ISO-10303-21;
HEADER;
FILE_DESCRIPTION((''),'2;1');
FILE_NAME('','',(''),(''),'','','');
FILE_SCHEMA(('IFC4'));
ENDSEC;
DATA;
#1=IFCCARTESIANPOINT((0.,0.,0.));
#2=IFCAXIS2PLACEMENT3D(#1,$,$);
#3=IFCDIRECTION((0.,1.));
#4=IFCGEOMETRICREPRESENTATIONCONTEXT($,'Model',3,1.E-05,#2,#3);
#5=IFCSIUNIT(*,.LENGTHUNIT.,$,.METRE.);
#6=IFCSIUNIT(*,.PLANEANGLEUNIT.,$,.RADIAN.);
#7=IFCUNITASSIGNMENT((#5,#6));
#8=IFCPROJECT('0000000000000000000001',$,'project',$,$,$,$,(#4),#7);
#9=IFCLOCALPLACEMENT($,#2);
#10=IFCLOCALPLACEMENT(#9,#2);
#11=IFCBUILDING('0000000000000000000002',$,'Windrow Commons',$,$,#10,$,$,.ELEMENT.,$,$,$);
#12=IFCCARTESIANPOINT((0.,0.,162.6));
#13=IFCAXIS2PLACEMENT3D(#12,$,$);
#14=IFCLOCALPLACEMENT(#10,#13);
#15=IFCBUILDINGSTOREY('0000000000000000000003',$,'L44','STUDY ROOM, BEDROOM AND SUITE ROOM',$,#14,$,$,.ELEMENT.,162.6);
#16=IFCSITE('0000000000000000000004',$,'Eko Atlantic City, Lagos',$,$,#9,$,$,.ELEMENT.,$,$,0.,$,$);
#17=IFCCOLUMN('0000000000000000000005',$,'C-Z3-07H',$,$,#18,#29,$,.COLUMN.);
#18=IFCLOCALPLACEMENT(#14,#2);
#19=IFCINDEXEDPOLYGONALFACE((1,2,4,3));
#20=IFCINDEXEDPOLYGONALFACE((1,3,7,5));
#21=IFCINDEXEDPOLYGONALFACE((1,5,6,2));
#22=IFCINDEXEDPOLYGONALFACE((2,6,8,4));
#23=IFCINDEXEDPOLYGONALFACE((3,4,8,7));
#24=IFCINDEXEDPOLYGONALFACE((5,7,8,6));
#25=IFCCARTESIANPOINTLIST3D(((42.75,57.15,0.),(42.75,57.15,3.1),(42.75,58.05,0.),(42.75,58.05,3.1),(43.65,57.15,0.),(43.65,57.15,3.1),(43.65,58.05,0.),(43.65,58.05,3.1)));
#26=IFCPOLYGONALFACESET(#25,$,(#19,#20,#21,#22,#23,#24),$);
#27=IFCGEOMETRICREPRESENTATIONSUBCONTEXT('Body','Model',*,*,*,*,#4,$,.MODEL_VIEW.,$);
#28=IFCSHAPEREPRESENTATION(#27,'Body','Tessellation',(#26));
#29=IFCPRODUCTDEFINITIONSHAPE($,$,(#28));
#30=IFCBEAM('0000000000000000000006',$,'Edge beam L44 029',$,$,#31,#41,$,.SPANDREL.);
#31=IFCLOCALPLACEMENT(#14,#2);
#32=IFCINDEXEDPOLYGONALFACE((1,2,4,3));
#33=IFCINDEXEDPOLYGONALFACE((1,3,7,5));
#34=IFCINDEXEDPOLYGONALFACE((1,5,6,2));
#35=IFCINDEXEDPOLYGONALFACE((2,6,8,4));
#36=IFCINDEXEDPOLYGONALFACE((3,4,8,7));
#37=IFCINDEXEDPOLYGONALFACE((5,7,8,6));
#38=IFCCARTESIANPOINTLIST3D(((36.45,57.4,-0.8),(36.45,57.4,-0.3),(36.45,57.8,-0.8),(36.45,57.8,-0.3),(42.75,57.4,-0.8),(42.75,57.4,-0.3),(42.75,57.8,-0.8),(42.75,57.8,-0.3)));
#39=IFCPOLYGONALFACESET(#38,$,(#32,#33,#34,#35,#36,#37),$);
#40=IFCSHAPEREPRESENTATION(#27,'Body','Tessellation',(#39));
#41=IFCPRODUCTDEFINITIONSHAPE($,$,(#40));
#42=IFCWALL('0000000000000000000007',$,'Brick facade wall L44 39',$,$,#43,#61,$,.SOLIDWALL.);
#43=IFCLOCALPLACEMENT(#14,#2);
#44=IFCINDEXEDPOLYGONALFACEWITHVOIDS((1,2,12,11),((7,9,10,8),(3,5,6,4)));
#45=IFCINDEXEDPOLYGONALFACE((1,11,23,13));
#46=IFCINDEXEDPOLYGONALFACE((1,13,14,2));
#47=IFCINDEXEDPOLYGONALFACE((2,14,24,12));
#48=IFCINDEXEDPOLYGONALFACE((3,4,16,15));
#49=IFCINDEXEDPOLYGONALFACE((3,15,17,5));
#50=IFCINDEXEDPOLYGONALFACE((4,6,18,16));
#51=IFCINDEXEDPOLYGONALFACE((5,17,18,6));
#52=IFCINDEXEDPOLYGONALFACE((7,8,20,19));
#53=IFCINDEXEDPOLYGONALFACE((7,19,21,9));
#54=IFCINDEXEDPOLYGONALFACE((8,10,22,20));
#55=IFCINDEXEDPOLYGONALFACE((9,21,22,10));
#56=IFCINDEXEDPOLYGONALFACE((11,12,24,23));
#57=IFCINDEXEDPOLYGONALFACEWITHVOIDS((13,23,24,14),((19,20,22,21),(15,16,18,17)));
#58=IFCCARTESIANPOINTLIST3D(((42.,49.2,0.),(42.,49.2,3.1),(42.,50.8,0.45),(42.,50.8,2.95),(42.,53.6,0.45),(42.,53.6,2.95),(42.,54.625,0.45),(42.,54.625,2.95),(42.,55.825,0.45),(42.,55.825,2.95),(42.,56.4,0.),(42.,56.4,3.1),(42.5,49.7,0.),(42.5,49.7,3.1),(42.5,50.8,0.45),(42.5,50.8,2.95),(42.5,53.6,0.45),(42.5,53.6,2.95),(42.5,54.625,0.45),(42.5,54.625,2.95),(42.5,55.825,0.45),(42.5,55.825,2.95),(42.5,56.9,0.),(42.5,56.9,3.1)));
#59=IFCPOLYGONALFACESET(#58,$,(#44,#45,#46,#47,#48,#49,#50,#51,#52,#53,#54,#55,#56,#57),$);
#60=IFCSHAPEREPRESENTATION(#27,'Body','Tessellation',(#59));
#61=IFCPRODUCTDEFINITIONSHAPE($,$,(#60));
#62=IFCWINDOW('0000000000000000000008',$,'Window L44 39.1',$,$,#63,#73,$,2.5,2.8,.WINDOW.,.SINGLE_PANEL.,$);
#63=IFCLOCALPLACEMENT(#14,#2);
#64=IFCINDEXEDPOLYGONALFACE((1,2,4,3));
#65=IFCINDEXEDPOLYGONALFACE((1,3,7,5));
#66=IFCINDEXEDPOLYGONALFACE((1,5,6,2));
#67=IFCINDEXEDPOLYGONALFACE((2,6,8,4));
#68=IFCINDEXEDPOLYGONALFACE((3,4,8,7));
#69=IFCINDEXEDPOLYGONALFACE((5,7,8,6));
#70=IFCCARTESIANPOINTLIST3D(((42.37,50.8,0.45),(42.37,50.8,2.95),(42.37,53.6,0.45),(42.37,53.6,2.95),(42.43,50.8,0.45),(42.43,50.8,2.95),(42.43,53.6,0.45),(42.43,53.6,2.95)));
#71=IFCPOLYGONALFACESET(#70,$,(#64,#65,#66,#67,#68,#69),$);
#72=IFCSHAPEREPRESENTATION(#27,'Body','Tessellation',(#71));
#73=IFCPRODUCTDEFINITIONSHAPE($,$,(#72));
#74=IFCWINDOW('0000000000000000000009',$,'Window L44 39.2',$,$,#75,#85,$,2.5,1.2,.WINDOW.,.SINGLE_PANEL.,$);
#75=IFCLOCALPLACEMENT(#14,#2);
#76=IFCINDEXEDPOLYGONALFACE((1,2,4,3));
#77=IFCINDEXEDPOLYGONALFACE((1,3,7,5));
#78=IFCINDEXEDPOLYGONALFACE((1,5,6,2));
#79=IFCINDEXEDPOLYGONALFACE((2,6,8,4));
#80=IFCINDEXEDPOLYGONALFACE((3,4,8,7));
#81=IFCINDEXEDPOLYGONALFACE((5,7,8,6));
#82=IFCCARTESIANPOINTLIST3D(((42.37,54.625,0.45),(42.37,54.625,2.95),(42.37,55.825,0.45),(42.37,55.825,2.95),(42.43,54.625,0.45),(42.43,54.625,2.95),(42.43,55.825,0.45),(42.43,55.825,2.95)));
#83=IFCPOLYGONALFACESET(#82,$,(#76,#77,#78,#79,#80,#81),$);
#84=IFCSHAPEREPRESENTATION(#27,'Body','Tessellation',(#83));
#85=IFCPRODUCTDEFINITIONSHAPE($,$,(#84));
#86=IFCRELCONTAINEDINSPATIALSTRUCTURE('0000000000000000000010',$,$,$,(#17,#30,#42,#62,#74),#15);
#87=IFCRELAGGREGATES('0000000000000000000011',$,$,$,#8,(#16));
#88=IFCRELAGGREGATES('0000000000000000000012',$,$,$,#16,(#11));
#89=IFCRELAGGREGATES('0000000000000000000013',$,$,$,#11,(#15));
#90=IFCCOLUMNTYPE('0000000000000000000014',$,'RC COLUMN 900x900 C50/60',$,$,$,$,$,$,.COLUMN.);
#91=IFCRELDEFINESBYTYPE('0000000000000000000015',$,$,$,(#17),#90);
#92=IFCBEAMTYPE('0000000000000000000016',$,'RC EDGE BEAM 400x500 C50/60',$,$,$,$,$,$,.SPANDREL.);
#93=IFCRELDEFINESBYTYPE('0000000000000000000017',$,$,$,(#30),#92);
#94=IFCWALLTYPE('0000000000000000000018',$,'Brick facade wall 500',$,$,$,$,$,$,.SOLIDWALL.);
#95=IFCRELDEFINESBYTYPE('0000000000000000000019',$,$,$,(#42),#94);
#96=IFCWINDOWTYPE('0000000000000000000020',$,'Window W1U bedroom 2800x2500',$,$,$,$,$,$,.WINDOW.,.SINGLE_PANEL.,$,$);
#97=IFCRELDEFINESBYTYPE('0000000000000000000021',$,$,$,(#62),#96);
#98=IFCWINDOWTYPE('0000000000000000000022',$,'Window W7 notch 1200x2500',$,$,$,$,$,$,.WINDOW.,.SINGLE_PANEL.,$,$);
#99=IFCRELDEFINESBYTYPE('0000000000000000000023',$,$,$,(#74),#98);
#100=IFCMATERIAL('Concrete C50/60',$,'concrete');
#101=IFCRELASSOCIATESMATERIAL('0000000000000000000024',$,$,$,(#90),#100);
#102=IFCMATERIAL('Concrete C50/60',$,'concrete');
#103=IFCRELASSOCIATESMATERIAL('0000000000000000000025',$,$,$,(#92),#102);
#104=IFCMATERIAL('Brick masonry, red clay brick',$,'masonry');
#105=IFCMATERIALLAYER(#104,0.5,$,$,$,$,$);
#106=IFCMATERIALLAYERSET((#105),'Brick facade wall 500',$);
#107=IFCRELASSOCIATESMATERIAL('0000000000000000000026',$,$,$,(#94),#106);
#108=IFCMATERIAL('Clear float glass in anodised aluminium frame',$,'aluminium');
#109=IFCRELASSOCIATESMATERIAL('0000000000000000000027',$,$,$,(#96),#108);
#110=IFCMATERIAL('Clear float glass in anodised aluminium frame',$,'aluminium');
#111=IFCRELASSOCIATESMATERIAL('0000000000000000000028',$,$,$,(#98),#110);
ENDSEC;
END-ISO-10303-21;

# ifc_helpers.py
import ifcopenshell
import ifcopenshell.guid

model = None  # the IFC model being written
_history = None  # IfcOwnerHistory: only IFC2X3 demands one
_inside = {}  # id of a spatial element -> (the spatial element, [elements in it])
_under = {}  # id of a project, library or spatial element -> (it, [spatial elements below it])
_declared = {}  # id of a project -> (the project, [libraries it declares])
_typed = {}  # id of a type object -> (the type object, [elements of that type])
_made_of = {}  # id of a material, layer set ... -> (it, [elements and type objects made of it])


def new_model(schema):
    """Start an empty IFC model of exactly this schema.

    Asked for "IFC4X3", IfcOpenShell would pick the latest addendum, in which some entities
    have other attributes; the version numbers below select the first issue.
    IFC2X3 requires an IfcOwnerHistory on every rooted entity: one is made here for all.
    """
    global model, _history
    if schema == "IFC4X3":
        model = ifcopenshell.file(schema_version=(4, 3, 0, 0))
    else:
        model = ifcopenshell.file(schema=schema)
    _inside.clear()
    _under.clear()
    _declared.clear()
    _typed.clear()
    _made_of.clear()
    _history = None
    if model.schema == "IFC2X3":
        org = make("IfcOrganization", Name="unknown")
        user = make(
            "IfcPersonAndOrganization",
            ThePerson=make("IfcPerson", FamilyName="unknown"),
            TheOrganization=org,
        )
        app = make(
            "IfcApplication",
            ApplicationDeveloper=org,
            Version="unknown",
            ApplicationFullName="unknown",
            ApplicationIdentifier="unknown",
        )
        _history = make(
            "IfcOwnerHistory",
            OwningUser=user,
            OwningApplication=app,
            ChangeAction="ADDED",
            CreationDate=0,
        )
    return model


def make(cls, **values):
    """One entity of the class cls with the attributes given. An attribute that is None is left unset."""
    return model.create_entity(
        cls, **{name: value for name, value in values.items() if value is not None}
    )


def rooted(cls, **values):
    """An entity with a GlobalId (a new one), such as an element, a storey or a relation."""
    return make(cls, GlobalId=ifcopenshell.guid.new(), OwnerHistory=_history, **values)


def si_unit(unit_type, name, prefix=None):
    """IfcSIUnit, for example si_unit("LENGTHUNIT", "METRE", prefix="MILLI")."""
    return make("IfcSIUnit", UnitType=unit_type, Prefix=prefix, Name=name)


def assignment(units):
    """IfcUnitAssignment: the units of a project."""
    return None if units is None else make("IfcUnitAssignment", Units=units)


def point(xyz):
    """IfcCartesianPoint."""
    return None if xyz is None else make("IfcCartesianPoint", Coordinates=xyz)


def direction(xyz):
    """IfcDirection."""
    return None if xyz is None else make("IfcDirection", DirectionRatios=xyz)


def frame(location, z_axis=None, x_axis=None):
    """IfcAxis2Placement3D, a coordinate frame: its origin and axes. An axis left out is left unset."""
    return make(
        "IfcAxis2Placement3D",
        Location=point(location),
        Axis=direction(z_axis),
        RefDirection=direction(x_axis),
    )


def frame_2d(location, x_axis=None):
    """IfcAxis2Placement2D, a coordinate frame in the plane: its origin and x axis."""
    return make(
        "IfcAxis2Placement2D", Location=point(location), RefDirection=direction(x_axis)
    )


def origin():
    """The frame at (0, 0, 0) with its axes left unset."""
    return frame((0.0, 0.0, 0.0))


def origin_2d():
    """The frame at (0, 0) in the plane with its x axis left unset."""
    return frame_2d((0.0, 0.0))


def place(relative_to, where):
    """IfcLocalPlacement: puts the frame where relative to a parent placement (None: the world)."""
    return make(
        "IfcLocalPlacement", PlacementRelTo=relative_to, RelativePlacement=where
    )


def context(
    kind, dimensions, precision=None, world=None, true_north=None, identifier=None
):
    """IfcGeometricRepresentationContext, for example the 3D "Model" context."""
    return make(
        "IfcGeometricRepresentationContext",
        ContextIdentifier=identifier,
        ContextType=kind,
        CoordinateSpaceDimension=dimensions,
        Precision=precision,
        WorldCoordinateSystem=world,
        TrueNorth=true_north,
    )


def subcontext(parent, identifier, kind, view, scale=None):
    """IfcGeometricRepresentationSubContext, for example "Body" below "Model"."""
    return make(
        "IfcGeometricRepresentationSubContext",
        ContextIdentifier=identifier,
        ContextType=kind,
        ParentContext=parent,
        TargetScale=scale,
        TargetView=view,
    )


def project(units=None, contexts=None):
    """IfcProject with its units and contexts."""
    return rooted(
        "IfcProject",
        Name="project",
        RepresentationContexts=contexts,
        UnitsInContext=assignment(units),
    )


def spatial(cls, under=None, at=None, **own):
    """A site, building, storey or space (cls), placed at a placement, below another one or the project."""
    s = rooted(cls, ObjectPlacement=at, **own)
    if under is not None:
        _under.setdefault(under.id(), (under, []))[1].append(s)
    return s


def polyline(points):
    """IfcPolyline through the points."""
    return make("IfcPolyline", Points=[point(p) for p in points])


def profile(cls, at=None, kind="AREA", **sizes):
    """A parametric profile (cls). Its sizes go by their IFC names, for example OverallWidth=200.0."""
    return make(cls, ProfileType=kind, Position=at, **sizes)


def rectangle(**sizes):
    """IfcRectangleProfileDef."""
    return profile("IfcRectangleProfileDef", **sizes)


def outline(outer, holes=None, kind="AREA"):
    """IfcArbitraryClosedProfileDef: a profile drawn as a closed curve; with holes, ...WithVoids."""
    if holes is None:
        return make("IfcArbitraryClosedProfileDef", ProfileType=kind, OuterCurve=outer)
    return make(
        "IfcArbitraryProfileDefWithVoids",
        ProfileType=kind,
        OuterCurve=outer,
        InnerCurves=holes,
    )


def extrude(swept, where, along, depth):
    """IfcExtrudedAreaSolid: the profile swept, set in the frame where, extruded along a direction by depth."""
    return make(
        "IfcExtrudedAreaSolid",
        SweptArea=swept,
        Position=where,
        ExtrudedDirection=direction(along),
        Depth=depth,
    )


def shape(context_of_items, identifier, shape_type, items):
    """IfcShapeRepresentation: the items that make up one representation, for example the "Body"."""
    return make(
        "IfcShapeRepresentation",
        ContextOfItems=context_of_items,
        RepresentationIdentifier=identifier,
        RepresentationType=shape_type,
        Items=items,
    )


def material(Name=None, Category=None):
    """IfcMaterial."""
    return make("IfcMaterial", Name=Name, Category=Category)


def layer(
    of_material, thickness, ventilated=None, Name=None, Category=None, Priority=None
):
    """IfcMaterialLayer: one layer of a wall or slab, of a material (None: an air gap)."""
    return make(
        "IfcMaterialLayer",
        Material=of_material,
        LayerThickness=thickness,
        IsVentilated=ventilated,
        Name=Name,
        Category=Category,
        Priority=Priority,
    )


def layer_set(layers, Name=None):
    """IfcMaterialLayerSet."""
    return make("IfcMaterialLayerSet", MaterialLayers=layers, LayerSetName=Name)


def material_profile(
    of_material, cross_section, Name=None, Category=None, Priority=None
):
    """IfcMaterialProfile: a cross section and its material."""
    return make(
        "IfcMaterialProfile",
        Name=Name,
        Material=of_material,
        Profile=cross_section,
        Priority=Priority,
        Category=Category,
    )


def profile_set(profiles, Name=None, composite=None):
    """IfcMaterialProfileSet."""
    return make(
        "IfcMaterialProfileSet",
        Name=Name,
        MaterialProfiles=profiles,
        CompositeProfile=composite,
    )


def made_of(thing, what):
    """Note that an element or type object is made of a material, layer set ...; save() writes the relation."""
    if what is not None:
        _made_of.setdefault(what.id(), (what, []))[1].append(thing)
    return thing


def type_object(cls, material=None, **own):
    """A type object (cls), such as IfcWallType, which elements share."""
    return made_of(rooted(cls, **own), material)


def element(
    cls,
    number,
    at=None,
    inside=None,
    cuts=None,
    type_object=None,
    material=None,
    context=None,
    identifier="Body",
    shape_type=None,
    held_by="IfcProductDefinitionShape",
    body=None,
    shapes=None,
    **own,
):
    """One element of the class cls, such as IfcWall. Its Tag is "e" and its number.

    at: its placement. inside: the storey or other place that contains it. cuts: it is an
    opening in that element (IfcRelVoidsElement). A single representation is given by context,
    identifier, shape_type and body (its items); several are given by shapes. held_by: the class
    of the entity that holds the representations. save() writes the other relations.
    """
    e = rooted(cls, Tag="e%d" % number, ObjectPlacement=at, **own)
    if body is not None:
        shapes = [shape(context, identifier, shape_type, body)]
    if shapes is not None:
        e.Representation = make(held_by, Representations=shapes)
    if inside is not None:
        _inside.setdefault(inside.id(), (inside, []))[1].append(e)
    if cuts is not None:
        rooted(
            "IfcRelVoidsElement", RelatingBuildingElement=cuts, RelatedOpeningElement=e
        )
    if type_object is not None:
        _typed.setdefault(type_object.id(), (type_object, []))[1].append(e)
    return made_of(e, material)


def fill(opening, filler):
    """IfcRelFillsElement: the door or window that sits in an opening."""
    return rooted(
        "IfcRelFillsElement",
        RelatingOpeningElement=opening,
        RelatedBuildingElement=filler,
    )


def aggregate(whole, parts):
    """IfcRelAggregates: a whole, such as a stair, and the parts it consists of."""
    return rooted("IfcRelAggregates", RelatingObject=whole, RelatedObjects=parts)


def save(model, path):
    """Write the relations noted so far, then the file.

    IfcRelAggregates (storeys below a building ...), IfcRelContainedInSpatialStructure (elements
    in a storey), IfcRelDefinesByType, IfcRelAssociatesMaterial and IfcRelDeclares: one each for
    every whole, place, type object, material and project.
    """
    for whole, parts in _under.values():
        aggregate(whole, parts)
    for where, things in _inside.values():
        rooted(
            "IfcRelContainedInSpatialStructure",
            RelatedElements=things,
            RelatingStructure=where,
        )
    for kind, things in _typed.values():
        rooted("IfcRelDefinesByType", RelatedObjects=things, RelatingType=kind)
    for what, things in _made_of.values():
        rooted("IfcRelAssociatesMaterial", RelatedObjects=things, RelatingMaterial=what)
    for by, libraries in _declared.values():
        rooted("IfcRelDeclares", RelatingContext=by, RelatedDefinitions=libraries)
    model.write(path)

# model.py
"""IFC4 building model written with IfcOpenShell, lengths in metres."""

from ifc_helpers import new_model, si_unit, direction, frame, frame_2d, origin, origin_2d, place, context, subcontext, project, spatial, polyline, rectangle, outline, extrude, material, layer, layer_set, material_profile, profile_set, type_object, element, fill, save


model = new_model("IFC4")

# Units and contexts
model_context = context("Model", 3, precision=1e-05, world=origin(), true_north=direction((0.0, 1.0)))
body_context = subcontext(model_context, "Body", "Model", "MODEL_VIEW")
ifc_project = project(units=[si_unit("LENGTHUNIT", "METRE"), si_unit("PLANEANGLEUNIT", "RADIAN")], contexts=[model_context])

# Site, building, storey
site_placement = place(None, origin())
site = spatial("IfcSite", under=ifc_project, at=site_placement, Name="Eko Atlantic City, Lagos", CompositionType="ELEMENT", RefElevation=0.0)
building_placement = place(site_placement, origin())
building = spatial("IfcBuilding", under=site, at=building_placement, Name="Windrow Commons", CompositionType="ELEMENT")
storey_placement = place(building_placement, frame((0.0, 0.0, 162.6)))
storey = spatial("IfcBuildingStorey", under=building, at=storey_placement, Name="L44", Description="STUDY ROOM, BEDROOM AND SUITE ROOM", CompositionType="ELEMENT", Elevation=162.6)

# Column
ifc_material_1 = material(Name="Concrete C50/60", Category="concrete")
ifc_material_profile_1 = material_profile(ifc_material_1, rectangle(XDim=0.9, YDim=0.9, at=origin_2d()))
ifc_profile_set_1 = profile_set([ifc_material_profile_1], Name="Concrete C50/60")
column_type = type_object("IfcColumnType", Name="RC COLUMN 900x900 C50/60", PredefinedType="COLUMN", material=ifc_profile_set_1)
column_placement = place(storey_placement, frame((43.2, 57.6, 0.0), z_axis=(0.0, 0.0, 1.0), x_axis=(1.0, 0.0, 0.0)))
element("IfcColumn", 1, at=column_placement, inside=storey, type_object=column_type, Name="C-Z3-07H", PredefinedType="COLUMN", context=body_context, shape_type="SweptSolid", body=[
    extrude(rectangle(XDim=0.9, YDim=0.9, at=origin_2d()), origin(), (0.0, 0.0, 1.0), 3.1),
])

# Beam
ifc_material_2 = material(Name="Concrete C50/60", Category="concrete")
ifc_material_profile_2 = material_profile(ifc_material_2, rectangle(XDim=0.4, YDim=0.5, at=origin_2d()))
ifc_profile_set_2 = profile_set([ifc_material_profile_2], Name="Concrete C50/60")
beam_type = type_object("IfcBeamType", Name="RC EDGE BEAM 400x500 C50/60", PredefinedType="SPANDREL", material=ifc_profile_set_2)
beam_placement = place(storey_placement, frame((42.75, 57.6, -0.55), z_axis=(-1.0, 0.0, 0.0), x_axis=(0.0, -1.0, 0.0)))
element("IfcBeam", 2, at=beam_placement, inside=storey, type_object=beam_type, Name="Edge beam L44 029", PredefinedType="SPANDREL", context=body_context, shape_type="SweptSolid", body=[
    extrude(rectangle(XDim=0.4, YDim=0.5, at=origin_2d()), origin(), (0.0, 0.0, 1.0), 6.3),
])

# Wall, openings, windows
ifc_material_3 = material(Name="Brick masonry, red clay brick", Category="masonry")
ifc_layer_1 = layer(ifc_material_3, 0.5)
ifc_layer_set_1 = layer_set([ifc_layer_1], Name="Brick facade wall 500")
wall_type_1 = type_object("IfcWallType", Name="Brick facade wall 500", PredefinedType="SOLIDWALL", material=ifc_layer_set_1)
wall_1_placement = place(storey_placement, frame((42.25, 56.65, 0.0), z_axis=(0.0, 0.0, 1.0), x_axis=(0.0, -1.0, 0.0)))
wall_1 = element("IfcWall", 3, at=wall_1_placement, inside=storey, type_object=wall_type_1, Name="Brick facade wall L44 39", PredefinedType="SOLIDWALL", context=body_context, shape_type="SweptSolid", body=[
    extrude(outline(polyline([(0.25, -0.25), (7.45, -0.25), (6.95, 0.25), (-0.25, 0.25), (0.25, -0.25)])), origin(), (0.0, 0.0, 1.0), 3.1),
])
opening_1_placement = place(wall_1_placement, frame((3.05, 0.0, 0.45)))
opening_1 = element("IfcOpeningElement", 4, at=opening_1_placement, cuts=wall_1, PredefinedType="OPENING", context=body_context, shape_type="SweptSolid", body=[
    extrude(rectangle(XDim=2.8, YDim=2.5, at=frame_2d((1.4, 1.25))), frame((0.0, 0.26, 0.0), z_axis=(0.0, -1.0, 0.0), x_axis=(1.0, 0.0, 0.0)), (0.0, 0.0, 1.0), 0.52),
])
opening_2_placement = place(wall_1_placement, frame((0.825, 0.0, 0.45)))
opening_2 = element("IfcOpeningElement", 5, at=opening_2_placement, cuts=wall_1, PredefinedType="OPENING", context=body_context, shape_type="SweptSolid", body=[
    extrude(rectangle(XDim=1.2, YDim=2.5, at=frame_2d((0.6, 1.25))), frame((0.0, 0.26, 0.0), z_axis=(0.0, -1.0, 0.0), x_axis=(1.0, 0.0, 0.0)), (0.0, 0.0, 1.0), 0.52),
])
ifc_material_4 = material(Name="Clear float glass in anodised aluminium frame", Category="aluminium")
window_type_1 = type_object("IfcWindowType", Name="Window W1U bedroom 2800x2500", PartitioningType="SINGLE_PANEL", PredefinedType="WINDOW", material=ifc_material_4)
window_1_placement = place(opening_1_placement, origin())
window_1 = element("IfcWindow", 6, at=window_1_placement, inside=storey, type_object=window_type_1, Name="Window L44 39.1", OverallHeight=2.5, OverallWidth=2.8, PartitioningType="SINGLE_PANEL", PredefinedType="WINDOW", context=body_context, shape_type="SweptSolid", body=[
    extrude(rectangle(XDim=2.8, YDim=2.5, at=frame_2d((1.4, 1.25))), frame((0.0, 0.18, 0.0), z_axis=(0.0, -1.0, 0.0), x_axis=(1.0, 0.0, 0.0)), (0.0, 0.0, 1.0), 0.06),
])
fill(opening_1, window_1)
ifc_material_5 = material(Name="Clear float glass in anodised aluminium frame", Category="aluminium")
window_type_2 = type_object("IfcWindowType", Name="Window W7 notch 1200x2500", PartitioningType="SINGLE_PANEL", PredefinedType="WINDOW", material=ifc_material_5)
window_2_placement = place(opening_2_placement, origin())
window_2 = element("IfcWindow", 7, at=window_2_placement, inside=storey, type_object=window_type_2, Name="Window L44 39.2", OverallHeight=2.5, OverallWidth=1.2, PartitioningType="SINGLE_PANEL", PredefinedType="WINDOW", context=body_context, shape_type="SweptSolid", body=[
    extrude(rectangle(XDim=1.2, YDim=2.5, at=frame_2d((0.6, 1.25))), frame((0.0, 0.18, 0.0), z_axis=(0.0, -1.0, 0.0), x_axis=(1.0, 0.0, 0.0)), (0.0, 0.0, 1.0), 0.06),
])
fill(opening_2, window_2)

save(model, "model.ifc")
